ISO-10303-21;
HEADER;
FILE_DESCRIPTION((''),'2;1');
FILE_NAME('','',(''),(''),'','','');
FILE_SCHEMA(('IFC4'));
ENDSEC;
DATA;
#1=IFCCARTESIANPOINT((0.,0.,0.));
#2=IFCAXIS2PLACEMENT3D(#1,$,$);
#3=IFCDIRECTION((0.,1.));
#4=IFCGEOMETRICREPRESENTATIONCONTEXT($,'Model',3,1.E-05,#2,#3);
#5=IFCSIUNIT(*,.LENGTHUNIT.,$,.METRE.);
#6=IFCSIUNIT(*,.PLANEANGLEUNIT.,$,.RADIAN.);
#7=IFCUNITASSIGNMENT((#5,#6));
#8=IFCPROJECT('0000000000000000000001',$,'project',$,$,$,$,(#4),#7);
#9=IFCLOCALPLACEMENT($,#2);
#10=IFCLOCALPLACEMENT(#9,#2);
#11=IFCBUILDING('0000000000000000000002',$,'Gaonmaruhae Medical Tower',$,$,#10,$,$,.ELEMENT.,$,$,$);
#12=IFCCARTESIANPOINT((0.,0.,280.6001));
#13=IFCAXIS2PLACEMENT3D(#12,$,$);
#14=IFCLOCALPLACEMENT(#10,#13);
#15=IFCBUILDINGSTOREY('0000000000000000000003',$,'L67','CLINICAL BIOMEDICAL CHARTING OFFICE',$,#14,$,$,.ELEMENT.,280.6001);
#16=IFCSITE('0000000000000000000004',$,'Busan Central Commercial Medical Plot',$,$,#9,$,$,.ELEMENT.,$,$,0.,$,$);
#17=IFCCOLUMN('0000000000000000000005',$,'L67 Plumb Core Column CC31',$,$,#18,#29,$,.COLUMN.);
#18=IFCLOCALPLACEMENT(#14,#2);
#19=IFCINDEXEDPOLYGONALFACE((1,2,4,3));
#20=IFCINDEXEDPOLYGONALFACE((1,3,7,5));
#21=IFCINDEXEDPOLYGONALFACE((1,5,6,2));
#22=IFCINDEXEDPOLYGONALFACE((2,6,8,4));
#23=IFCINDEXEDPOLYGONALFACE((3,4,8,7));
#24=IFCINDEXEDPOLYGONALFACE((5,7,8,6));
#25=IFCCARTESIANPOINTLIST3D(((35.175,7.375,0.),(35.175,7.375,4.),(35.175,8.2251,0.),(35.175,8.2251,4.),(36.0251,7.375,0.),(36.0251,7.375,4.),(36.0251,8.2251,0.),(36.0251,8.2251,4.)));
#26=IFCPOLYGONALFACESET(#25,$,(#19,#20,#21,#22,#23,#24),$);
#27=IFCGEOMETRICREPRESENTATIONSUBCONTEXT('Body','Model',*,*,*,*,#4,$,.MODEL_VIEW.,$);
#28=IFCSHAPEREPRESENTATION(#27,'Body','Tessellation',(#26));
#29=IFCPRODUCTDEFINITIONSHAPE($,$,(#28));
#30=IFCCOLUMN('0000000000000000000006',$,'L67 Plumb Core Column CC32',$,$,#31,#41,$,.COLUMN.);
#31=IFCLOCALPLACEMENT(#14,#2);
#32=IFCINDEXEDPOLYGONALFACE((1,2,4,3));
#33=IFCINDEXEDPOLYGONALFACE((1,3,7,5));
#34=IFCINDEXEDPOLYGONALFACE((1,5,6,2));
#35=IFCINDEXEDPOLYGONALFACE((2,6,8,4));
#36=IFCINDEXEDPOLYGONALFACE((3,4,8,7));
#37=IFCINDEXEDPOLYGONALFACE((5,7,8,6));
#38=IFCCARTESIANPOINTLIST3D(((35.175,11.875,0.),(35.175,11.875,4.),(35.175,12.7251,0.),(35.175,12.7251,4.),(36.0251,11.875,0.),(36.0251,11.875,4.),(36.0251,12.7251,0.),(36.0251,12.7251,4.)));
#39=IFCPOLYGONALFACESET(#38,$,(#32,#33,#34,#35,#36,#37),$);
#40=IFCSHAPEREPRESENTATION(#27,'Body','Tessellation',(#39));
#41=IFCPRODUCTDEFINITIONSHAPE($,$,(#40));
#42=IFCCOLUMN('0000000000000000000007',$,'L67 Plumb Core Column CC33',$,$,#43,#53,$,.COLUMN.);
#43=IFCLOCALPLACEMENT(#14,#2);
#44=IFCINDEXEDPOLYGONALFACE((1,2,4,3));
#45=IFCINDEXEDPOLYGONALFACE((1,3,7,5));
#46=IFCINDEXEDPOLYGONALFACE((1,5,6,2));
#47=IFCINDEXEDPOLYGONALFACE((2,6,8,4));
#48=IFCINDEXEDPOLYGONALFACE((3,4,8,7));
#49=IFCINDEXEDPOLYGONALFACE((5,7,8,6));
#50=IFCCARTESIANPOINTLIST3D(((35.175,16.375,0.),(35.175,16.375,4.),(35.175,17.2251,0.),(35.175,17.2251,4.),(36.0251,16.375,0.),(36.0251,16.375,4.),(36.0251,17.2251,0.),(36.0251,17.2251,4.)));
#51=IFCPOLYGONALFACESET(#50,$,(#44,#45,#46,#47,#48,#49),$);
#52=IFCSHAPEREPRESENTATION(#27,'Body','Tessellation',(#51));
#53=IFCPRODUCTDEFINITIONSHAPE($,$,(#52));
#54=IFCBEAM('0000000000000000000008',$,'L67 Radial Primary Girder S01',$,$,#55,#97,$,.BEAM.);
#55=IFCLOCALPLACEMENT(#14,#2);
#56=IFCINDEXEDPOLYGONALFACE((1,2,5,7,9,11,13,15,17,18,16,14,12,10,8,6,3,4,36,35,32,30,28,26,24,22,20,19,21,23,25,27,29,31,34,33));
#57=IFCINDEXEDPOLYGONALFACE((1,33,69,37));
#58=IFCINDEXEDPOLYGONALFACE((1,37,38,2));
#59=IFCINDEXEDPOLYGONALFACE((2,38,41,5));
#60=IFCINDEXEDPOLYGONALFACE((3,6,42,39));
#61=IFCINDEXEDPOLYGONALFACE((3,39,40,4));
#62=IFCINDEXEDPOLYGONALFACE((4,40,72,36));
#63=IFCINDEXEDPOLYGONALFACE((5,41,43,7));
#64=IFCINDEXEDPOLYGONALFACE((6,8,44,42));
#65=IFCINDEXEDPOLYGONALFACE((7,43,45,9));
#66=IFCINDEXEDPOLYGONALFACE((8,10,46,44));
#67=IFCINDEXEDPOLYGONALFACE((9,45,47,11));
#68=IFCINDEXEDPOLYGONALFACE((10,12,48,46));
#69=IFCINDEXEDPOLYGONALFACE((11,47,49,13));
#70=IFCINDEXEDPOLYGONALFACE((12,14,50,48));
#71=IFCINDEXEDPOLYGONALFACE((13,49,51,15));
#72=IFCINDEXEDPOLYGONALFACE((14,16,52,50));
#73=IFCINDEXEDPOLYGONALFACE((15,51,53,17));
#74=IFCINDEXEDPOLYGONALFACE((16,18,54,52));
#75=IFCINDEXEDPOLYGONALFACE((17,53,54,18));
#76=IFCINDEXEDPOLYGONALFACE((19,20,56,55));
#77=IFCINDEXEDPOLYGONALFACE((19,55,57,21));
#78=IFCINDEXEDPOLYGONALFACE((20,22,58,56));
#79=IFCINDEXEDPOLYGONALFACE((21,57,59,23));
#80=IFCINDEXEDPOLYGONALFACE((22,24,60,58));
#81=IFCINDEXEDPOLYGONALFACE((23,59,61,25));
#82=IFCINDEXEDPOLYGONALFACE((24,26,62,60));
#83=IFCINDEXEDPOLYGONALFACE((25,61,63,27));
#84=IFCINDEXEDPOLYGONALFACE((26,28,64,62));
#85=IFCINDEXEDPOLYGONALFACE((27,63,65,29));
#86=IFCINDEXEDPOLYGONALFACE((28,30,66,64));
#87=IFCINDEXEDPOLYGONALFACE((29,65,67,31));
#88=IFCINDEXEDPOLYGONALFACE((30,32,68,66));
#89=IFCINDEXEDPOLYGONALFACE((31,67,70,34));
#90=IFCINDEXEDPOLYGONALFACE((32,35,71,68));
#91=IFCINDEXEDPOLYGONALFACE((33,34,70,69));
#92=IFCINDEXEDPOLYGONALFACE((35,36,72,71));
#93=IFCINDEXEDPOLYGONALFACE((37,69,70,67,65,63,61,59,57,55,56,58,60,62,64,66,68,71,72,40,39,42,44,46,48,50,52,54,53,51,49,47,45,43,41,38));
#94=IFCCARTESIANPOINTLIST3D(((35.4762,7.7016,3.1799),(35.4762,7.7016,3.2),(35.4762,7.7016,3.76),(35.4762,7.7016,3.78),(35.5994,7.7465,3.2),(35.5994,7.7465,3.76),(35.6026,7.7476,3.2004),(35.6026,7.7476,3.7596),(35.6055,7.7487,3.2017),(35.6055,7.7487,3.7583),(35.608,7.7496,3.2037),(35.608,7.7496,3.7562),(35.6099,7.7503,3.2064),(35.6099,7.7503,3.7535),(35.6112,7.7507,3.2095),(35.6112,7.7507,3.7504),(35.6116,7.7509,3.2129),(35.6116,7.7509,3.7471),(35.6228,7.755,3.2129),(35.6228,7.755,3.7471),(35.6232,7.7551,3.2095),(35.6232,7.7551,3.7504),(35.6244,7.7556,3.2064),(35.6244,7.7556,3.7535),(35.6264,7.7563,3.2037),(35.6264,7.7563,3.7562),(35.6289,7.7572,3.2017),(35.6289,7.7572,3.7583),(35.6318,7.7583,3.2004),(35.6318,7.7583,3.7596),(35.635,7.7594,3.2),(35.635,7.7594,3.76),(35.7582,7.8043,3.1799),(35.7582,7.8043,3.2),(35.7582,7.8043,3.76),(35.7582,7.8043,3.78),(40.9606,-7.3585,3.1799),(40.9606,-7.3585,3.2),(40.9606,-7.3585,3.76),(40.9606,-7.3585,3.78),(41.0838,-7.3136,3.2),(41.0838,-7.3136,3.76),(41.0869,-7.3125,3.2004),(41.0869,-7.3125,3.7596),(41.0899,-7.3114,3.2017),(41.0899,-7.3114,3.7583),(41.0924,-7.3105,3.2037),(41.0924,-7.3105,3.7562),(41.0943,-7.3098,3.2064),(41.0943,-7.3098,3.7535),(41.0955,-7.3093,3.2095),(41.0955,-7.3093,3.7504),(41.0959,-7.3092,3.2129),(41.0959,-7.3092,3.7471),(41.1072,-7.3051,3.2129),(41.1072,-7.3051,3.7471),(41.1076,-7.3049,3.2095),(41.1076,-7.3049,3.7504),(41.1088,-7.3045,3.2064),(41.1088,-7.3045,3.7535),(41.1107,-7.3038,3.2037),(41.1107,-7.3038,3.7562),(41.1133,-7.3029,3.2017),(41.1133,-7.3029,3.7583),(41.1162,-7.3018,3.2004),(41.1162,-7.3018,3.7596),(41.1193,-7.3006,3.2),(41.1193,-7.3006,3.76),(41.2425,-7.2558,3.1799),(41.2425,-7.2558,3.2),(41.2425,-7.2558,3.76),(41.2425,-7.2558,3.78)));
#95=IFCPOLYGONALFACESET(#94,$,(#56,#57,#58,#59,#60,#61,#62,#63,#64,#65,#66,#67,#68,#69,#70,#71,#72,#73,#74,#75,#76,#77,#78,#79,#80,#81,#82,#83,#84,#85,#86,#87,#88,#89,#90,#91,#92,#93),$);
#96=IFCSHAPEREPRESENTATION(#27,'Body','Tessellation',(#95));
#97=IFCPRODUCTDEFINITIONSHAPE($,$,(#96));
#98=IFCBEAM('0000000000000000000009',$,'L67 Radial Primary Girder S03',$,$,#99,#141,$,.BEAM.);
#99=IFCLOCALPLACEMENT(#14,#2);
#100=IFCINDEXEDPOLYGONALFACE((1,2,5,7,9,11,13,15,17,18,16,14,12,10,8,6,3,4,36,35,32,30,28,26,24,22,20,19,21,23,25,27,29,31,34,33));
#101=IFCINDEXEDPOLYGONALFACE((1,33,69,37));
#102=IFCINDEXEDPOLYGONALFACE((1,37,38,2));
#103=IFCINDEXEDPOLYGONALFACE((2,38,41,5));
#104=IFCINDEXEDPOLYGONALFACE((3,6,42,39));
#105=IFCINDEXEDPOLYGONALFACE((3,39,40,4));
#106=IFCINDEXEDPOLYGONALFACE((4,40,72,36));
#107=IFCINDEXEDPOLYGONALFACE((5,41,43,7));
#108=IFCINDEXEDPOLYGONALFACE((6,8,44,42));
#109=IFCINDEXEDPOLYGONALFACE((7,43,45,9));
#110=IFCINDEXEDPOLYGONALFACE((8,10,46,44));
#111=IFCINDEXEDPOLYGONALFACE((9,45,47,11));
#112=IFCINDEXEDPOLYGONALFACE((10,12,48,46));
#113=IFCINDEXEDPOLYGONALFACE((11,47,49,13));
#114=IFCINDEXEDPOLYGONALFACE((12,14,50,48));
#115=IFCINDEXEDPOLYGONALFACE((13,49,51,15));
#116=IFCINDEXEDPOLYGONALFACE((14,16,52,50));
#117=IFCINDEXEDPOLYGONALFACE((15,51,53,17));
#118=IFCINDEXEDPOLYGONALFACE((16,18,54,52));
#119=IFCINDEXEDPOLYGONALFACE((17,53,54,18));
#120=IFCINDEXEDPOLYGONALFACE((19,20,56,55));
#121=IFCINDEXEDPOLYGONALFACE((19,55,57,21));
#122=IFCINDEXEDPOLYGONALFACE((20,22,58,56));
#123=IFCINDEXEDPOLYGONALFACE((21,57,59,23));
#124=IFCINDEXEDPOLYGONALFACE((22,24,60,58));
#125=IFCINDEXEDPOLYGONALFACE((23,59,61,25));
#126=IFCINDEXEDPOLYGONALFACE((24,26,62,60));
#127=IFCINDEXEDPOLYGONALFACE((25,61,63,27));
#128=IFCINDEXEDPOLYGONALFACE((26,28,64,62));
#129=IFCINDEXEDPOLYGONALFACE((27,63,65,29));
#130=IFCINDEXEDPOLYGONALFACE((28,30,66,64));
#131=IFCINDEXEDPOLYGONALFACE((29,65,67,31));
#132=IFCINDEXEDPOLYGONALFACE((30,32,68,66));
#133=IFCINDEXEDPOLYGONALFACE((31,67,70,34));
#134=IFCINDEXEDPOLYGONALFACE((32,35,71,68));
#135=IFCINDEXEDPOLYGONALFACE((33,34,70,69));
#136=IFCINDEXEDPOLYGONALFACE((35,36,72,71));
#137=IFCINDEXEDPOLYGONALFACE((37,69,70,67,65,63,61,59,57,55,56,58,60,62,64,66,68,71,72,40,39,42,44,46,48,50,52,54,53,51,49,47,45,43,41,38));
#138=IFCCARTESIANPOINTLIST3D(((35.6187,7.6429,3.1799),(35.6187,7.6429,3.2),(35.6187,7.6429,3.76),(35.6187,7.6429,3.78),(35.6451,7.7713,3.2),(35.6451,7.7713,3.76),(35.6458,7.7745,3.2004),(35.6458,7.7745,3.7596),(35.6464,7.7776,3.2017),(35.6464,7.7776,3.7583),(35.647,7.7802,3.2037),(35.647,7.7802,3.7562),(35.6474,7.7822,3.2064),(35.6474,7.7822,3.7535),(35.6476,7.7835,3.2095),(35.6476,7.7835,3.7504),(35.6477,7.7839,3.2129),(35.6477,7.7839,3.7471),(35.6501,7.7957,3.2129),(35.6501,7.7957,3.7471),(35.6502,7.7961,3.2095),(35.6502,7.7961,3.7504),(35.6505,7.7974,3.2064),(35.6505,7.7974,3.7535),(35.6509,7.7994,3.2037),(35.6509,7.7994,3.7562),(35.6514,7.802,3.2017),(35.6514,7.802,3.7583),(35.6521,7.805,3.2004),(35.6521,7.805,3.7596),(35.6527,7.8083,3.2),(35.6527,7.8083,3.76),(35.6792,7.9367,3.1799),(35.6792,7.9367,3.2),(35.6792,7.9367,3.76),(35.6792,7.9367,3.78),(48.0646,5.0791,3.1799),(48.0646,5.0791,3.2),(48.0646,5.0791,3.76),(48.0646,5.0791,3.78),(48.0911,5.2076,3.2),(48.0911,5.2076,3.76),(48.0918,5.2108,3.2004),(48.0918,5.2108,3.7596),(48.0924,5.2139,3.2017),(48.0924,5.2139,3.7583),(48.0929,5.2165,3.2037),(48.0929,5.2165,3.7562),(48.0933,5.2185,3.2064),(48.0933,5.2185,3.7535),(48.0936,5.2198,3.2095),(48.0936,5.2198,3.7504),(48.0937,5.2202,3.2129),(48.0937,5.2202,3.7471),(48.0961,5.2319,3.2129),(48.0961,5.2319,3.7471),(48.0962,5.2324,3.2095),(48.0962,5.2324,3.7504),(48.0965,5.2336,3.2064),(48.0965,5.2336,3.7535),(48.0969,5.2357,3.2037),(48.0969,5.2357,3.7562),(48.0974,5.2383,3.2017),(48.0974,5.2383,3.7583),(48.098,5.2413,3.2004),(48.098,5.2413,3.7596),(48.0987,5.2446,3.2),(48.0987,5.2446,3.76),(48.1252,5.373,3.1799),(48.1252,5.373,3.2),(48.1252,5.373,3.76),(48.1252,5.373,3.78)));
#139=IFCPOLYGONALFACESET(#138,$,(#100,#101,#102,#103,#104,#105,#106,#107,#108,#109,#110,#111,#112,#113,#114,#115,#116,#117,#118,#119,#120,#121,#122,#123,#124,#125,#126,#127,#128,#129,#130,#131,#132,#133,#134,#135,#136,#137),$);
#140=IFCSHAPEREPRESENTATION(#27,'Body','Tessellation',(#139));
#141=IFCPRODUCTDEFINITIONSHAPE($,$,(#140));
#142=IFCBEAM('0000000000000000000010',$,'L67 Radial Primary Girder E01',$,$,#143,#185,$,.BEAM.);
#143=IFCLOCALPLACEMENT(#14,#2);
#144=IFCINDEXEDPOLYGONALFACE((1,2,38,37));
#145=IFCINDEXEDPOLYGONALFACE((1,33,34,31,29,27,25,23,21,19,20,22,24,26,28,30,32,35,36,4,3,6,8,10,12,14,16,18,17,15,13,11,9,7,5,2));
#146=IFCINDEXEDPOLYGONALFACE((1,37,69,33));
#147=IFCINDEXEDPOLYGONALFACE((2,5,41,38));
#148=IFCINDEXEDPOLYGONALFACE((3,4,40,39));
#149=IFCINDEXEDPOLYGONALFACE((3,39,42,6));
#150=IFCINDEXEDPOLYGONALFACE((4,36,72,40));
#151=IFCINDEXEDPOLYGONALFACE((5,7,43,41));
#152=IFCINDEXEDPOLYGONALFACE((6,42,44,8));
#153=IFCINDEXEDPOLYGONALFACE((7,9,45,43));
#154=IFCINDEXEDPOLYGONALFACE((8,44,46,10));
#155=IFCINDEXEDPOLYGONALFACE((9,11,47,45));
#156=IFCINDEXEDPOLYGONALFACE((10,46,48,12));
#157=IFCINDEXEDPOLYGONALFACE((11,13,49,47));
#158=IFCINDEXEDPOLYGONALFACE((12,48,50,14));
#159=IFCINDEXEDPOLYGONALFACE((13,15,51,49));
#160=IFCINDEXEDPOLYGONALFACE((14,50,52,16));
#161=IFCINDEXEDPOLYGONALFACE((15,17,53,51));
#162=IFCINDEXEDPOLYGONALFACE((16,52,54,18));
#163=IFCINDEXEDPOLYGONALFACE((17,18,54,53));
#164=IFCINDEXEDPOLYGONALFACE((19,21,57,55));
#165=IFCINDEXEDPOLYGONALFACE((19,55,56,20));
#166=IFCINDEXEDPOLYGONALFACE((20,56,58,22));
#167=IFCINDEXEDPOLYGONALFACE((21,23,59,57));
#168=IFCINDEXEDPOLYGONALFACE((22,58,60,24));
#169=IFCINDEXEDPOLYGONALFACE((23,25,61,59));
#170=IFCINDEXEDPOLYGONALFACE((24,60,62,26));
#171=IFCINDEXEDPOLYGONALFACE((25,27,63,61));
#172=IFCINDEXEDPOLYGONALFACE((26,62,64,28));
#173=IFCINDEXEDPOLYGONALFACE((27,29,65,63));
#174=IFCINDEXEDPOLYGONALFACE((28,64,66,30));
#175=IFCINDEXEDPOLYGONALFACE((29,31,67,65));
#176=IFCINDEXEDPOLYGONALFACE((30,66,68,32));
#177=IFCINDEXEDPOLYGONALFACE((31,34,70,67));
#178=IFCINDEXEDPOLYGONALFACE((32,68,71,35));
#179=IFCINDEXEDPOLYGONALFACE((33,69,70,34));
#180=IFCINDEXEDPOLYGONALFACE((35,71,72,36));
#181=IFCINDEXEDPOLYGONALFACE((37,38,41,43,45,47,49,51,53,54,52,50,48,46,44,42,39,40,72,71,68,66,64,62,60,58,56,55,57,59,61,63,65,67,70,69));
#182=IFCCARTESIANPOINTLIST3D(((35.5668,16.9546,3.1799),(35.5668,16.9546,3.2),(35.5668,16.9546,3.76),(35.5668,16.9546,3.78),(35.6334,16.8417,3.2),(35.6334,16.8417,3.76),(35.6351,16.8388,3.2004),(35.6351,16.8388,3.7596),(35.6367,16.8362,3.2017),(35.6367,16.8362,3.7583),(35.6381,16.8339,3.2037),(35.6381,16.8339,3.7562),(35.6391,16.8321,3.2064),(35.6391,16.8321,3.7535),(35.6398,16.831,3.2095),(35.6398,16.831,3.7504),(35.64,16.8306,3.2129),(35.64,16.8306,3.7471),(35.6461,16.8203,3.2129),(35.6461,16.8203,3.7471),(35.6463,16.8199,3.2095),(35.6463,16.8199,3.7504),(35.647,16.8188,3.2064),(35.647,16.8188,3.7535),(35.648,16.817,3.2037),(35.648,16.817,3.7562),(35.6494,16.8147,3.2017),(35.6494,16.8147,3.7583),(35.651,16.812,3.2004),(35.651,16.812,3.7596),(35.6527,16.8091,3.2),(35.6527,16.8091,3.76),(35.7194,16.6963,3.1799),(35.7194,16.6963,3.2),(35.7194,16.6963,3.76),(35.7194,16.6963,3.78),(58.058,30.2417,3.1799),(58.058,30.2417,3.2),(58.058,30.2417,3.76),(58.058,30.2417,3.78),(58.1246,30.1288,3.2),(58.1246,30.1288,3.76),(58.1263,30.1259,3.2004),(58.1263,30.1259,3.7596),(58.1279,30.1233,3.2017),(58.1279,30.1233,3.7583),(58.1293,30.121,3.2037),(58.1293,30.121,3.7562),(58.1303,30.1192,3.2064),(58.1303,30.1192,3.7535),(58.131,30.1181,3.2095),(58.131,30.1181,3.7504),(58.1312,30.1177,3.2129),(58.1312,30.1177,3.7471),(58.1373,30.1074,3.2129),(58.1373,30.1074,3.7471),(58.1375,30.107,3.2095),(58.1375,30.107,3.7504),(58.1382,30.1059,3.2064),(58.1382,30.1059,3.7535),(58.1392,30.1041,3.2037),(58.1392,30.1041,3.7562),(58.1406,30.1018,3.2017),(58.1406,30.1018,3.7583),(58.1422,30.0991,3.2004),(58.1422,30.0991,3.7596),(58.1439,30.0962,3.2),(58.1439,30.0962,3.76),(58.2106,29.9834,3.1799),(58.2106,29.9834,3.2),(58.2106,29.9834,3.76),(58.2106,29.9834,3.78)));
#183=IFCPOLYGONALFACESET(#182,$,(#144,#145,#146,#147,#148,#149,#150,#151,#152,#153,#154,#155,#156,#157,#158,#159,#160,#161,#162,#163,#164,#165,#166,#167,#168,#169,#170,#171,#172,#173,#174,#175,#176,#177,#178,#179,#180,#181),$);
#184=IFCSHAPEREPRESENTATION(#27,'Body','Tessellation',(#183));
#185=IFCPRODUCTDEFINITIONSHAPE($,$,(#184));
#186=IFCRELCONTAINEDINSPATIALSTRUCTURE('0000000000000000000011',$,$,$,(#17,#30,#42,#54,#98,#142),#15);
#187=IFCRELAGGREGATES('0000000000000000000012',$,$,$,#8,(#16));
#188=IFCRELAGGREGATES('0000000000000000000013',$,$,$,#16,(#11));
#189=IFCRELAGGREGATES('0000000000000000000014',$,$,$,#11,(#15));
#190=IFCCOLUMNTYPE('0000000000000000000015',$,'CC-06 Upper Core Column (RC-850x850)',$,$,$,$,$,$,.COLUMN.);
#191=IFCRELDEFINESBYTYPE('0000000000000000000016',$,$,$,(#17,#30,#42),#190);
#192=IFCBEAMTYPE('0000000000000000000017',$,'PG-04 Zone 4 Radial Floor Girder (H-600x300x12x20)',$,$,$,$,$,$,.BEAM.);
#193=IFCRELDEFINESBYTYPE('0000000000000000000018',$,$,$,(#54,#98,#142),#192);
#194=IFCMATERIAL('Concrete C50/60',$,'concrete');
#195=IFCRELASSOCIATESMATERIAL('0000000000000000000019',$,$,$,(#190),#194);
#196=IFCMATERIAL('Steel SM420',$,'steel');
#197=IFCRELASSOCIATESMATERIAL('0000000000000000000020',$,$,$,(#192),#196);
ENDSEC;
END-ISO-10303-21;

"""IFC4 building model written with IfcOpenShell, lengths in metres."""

from ifc_helpers import new_model, si_unit, direction, frame, origin, origin_2d, place, context, subcontext, project, spatial, rectangle, i_section, extrude, material, material_profile, profile_set, type_object, element, save


model = new_model("IFC4")

# Units and contexts
model_context = context("Model", 3, precision=1e-05, world=origin(), true_north=direction((0.0, 1.0)))
body_context = subcontext(model_context, "Body", "Model", "MODEL_VIEW")
ifc_project = project(units=[si_unit("LENGTHUNIT", "METRE"), si_unit("PLANEANGLEUNIT", "RADIAN")], contexts=[model_context])

# Site, building, storey
site_placement = place(None, origin())
site = spatial("IfcSite", under=ifc_project, at=site_placement, Name="Busan Central Commercial Medical Plot", CompositionType="ELEMENT", RefElevation=0.0)
building_placement = place(site_placement, origin())
building = spatial("IfcBuilding", under=site, at=building_placement, Name="Gaonmaruhae Medical Tower", CompositionType="ELEMENT")
storey_placement = place(building_placement, frame((0.0, 0.0, 280.6001)))
storey = spatial("IfcBuildingStorey", under=building, at=storey_placement, Name="L67", Description="CLINICAL BIOMEDICAL CHARTING OFFICE", CompositionType="ELEMENT", Elevation=280.6001)

# Columns
ifc_material_1 = material(Name="Concrete C50/60", Category="concrete")
ifc_material_profile_1 = material_profile(ifc_material_1, rectangle(XDim=0.8501, YDim=0.8501, at=origin_2d()), Name="RC-850x850")
ifc_profile_set_1 = profile_set([ifc_material_profile_1], Name="Concrete C50/60")
column_type = type_object("IfcColumnType", Name="CC-06 Upper Core Column (RC-850x850)", PredefinedType="COLUMN", material=ifc_profile_set_1)
for number, where, z_axis, x_axis, name in (
    (1, (35.6001, 7.8, 0.0), (0.0, 0.0, 1.0), (1.0, 0.0, 0.0), "L67 Plumb Core Column CC31"),
    (2, (35.6001, 12.3, 0.0), (0.0, 0.0, 1.0), (1.0, 0.0, 0.0), "L67 Plumb Core Column CC32"),
    (3, (35.6001, 16.8, 0.0), (0.0, 0.0, 1.0), (1.0, 0.0, 0.0), "L67 Plumb Core Column CC33"),
):
    element("IfcColumn", number, at=place(storey_placement, frame(where, z_axis=z_axis, x_axis=x_axis)), inside=storey, type_object=column_type, Name=name, PredefinedType="COLUMN", context=body_context, shape_type="SweptSolid", body=[
        extrude(rectangle(XDim=0.8501, YDim=0.8501, at=origin_2d()), origin(), (0.0, 0.0, 1.0), 4.0),
    ])

# Beams
ifc_material_2 = material(Name="Steel SM420", Category="steel")
ifc_material_profile_2 = material_profile(ifc_material_2, i_section(OverallWidth=0.3, OverallDepth=0.6001, WebThickness=0.012, FlangeThickness=0.02, FilletRadius=0.0129, at=origin_2d()), Name="H-600x300x12x20")
ifc_profile_set_2 = profile_set([ifc_material_profile_2], Name="Steel SM420")
beam_type = type_object("IfcBeamType", Name="PG-04 Zone 4 Radial Floor Girder (H-600x300x12x20)", PredefinedType="BEAM", material=ifc_profile_set_2)
beam_1_placement = place(storey_placement, frame((35.6172, 7.7529, 3.48), z_axis=(0.342183, -0.939633, 0.0), x_axis=(0.939633, 0.342183, 0.0)))
element("IfcBeam", 4, at=beam_1_placement, inside=storey, type_object=beam_type, Name="L67 Radial Primary Girder S01", PredefinedType="BEAM", context=body_context, shape_type="SweptSolid", body=[
    extrude(i_section(OverallWidth=0.3, OverallDepth=0.6001, WebThickness=0.012, FlangeThickness=0.02, FilletRadius=0.0129, at=origin_2d()), origin(), (0.0, 0.0, 1.0), 16.0276),
])
beam_2_placement = place(storey_placement, frame((35.6489, 7.7898, 3.48), z_axis=(0.979437, -0.201751, 0.0), x_axis=(0.201751, 0.979437, 0.0)))
element("IfcBeam", 5, at=beam_2_placement, inside=storey, type_object=beam_type, Name="L67 Radial Primary Girder S03", PredefinedType="BEAM", context=body_context, shape_type="SweptSolid", body=[
    extrude(i_section(OverallWidth=0.3, OverallDepth=0.6001, WebThickness=0.012, FlangeThickness=0.02, FilletRadius=0.0129, at=origin_2d()), origin(), (0.0, 0.0, 1.0), 12.7073),
])
beam_3_placement = place(storey_placement, frame((35.6431, 16.8254, 3.48), z_axis=(0.860979, 0.50864, 0.0), x_axis=(-0.50864, 0.860979, 0.0)))
element("IfcBeam", 6, at=beam_3_placement, inside=storey, type_object=beam_type, Name="L67 Radial Primary Girder E01", PredefinedType="BEAM", context=body_context, shape_type="SweptSolid", body=[
    extrude(i_section(OverallWidth=0.3, OverallDepth=0.6001, WebThickness=0.012, FlangeThickness=0.02, FilletRadius=0.0129, at=origin_2d()), origin(), (0.0, 0.0, 1.0), 26.1228),
])

save(model, "model.ifc")
